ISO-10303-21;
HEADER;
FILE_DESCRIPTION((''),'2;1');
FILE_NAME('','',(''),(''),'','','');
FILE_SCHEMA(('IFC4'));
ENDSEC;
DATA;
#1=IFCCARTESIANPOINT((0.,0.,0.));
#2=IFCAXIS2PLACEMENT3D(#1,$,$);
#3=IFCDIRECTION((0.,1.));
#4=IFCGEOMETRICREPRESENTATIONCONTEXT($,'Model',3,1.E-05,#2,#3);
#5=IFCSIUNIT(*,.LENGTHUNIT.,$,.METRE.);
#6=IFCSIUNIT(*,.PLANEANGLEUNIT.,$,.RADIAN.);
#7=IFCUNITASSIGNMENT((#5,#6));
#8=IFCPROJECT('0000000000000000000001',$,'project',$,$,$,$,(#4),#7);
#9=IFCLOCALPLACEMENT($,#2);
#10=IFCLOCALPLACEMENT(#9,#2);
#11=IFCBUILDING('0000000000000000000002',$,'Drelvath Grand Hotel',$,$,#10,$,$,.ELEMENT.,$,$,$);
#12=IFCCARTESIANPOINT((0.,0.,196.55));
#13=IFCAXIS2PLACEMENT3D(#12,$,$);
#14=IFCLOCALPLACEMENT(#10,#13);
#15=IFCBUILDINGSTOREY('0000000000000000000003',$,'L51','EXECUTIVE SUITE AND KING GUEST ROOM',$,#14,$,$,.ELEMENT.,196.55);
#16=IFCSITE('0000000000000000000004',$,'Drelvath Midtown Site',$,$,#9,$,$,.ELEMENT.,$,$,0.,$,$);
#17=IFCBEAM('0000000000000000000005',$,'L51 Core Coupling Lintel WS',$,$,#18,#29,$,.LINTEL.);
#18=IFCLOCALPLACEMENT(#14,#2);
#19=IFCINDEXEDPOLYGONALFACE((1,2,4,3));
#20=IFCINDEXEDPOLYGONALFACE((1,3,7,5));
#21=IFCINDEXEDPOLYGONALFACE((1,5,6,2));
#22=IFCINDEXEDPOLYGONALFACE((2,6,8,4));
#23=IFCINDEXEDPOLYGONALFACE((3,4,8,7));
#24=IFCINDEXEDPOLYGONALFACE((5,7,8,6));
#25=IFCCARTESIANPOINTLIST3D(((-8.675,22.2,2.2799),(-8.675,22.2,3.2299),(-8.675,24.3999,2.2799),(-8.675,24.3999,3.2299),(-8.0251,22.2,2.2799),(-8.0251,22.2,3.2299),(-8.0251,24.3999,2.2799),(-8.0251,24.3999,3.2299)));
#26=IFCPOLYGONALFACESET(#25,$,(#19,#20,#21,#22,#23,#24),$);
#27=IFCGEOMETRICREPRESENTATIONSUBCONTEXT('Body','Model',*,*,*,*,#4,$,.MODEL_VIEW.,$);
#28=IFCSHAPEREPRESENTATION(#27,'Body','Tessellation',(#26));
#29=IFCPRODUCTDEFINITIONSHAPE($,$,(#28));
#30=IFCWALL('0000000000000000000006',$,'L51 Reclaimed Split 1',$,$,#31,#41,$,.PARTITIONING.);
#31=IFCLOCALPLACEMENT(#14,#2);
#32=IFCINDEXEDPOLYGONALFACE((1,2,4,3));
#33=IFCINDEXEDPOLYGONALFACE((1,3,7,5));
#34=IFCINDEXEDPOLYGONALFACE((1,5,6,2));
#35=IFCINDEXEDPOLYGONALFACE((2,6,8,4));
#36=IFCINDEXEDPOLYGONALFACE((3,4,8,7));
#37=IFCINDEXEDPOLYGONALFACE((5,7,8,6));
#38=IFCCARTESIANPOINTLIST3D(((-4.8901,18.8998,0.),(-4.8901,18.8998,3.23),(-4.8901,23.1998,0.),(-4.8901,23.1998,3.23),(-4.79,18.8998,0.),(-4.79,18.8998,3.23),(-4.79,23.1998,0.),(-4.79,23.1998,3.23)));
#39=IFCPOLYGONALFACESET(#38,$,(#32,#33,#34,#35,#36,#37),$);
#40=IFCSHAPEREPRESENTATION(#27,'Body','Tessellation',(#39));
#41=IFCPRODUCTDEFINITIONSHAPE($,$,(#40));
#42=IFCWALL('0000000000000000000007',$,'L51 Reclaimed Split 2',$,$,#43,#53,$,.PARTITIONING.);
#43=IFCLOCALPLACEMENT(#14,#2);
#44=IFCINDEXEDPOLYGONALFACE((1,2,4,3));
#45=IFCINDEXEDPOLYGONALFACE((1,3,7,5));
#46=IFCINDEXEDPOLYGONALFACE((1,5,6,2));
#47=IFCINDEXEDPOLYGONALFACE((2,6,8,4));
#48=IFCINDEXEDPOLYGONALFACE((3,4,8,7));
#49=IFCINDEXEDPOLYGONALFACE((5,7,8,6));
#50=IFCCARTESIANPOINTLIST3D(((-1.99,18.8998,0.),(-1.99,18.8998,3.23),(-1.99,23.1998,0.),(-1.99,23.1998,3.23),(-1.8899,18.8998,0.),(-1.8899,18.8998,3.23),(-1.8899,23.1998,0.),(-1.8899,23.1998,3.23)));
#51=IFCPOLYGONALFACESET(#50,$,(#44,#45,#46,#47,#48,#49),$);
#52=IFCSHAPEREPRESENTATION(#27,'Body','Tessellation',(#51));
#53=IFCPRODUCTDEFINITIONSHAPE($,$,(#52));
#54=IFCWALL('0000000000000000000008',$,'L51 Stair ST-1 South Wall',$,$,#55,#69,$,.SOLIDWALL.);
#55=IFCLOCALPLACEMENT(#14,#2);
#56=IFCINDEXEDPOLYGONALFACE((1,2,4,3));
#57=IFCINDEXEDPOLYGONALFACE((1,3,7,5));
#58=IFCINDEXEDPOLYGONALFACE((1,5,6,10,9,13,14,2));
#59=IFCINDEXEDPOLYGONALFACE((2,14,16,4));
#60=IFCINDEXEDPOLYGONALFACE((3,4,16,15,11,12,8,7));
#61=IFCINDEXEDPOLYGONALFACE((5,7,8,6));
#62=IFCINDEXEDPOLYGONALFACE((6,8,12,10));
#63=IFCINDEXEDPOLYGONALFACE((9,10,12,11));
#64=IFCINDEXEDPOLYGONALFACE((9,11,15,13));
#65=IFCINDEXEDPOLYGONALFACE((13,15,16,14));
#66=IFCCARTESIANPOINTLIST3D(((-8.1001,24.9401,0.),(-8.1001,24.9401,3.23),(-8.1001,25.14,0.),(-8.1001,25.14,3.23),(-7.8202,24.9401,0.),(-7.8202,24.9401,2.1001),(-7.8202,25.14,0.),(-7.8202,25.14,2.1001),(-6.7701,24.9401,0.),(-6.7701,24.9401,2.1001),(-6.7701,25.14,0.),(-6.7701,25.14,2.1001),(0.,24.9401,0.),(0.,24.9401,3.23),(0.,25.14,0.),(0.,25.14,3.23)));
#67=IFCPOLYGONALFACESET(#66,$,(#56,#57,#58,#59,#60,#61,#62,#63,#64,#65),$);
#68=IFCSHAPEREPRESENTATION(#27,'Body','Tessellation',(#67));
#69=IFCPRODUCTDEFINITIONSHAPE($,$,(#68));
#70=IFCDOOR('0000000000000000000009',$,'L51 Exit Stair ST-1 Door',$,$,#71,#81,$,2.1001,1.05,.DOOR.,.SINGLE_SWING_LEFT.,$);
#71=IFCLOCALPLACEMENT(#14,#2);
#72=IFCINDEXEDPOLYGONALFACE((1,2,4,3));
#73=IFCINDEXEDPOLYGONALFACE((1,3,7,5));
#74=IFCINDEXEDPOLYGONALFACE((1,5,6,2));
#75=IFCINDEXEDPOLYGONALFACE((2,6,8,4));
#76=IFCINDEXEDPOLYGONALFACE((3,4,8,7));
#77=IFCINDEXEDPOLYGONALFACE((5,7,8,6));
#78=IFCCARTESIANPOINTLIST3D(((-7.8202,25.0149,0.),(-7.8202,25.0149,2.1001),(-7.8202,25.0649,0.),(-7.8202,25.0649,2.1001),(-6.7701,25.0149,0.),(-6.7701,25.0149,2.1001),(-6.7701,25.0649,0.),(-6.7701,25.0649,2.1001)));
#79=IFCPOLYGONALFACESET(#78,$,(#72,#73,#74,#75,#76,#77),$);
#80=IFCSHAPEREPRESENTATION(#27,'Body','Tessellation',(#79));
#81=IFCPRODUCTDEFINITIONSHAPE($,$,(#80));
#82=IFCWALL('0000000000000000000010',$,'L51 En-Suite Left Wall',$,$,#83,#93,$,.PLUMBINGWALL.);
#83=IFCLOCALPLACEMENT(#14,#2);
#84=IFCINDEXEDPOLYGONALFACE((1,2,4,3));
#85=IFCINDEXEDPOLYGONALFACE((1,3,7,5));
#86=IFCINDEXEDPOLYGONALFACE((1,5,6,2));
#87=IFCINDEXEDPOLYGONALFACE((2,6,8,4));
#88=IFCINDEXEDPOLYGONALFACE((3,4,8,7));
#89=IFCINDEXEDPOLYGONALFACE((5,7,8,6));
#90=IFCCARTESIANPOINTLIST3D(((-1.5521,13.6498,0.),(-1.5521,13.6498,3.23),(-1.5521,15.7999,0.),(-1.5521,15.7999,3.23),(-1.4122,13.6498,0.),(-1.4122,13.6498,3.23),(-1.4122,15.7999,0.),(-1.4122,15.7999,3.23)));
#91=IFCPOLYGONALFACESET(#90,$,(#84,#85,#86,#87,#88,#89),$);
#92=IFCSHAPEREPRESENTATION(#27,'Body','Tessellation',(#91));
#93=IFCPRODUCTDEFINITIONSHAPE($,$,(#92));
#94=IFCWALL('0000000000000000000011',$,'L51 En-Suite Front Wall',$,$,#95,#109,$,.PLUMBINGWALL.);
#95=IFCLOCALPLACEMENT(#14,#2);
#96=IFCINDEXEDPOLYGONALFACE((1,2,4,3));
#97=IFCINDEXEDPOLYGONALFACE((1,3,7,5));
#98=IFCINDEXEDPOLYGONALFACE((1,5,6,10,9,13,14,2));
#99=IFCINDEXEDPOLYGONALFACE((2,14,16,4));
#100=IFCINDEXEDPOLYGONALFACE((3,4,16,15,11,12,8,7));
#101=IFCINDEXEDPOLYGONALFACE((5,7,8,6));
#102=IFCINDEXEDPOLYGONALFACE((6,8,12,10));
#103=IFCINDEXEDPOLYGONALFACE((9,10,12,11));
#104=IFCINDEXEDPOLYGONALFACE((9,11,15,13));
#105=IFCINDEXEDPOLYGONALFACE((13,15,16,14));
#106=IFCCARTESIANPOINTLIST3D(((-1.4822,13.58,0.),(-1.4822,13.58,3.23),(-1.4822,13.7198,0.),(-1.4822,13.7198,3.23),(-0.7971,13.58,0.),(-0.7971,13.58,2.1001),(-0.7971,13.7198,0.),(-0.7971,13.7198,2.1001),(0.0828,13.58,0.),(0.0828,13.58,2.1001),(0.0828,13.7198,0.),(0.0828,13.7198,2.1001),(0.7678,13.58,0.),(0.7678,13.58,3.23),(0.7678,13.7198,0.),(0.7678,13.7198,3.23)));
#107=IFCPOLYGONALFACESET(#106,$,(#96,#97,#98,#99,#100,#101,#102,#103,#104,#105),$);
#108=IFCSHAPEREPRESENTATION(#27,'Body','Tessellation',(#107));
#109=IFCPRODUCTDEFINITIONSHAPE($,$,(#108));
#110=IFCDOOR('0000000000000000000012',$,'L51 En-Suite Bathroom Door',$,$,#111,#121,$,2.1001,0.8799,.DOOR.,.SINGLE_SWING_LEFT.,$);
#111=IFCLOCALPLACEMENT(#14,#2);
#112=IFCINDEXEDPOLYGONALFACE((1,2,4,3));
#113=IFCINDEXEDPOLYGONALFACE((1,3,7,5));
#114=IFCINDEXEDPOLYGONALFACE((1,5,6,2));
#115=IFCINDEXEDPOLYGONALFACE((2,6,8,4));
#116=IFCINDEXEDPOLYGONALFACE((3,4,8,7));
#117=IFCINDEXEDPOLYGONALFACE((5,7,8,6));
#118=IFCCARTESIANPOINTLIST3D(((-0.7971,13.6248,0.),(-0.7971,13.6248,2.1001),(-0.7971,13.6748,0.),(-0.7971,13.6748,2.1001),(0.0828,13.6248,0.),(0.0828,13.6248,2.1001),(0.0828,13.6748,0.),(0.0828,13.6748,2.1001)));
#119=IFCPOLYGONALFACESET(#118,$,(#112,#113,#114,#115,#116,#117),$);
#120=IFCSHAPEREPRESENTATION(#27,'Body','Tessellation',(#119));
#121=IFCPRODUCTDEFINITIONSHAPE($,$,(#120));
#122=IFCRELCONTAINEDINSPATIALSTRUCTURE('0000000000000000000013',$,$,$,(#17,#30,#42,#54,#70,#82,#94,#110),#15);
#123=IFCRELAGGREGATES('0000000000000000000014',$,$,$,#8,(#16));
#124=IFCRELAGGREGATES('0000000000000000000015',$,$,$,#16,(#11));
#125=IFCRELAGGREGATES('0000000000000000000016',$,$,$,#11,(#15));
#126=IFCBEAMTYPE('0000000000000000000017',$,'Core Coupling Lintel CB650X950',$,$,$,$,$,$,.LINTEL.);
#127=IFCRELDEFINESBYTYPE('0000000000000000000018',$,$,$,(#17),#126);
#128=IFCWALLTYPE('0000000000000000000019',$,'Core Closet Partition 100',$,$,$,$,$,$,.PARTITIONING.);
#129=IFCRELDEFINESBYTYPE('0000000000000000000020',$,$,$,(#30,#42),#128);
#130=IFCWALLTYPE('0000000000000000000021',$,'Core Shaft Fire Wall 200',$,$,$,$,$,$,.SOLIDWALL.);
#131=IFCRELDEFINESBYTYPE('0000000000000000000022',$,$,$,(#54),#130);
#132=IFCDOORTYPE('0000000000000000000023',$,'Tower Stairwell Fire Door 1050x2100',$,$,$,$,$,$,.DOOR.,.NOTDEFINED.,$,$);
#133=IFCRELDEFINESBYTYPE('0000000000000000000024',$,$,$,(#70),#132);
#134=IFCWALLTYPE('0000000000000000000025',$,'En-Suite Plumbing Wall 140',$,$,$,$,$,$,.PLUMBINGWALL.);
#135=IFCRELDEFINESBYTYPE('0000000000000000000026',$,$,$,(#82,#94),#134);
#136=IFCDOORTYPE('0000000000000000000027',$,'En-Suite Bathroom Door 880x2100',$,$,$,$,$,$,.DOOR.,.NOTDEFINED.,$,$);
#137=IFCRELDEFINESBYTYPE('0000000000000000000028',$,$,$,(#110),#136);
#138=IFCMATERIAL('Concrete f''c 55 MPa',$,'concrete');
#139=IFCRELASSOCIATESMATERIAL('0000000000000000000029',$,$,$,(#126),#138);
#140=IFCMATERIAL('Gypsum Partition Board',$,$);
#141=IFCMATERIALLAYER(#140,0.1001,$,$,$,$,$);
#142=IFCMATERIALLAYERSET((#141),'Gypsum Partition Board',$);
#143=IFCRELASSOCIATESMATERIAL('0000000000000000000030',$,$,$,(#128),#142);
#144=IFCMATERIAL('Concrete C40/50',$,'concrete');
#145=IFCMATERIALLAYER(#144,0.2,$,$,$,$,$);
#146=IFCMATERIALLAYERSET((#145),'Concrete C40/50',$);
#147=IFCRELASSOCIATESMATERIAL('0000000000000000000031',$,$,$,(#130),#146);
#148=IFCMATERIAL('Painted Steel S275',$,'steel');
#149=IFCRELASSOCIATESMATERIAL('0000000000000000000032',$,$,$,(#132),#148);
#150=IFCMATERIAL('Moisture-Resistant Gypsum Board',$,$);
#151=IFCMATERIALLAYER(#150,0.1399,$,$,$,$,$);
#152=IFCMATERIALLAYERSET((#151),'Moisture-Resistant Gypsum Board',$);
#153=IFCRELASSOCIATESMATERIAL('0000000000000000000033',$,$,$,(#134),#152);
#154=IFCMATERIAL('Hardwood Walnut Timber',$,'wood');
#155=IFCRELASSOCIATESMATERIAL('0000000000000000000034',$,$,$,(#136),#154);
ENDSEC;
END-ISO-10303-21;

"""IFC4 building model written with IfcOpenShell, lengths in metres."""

from ifc_helpers import new_model, si_unit, direction, frame, frame_2d, origin, origin_2d, place, context, subcontext, project, spatial, rectangle, extrude, material, layer, layer_set, material_profile, profile_set, type_object, element, fill, save


model = new_model("IFC4")

# Units and contexts
model_context = context("Model", 3, precision=1e-05, world=origin(), true_north=direction((0.0, 1.0)))
body_context = subcontext(model_context, "Body", "Model", "MODEL_VIEW")
ifc_project = project(units=[si_unit("LENGTHUNIT", "METRE"), si_unit("PLANEANGLEUNIT", "RADIAN")], contexts=[model_context])

# Site, building, storey
site_placement = place(None, origin())
site = spatial("IfcSite", under=ifc_project, at=site_placement, Name="Drelvath Midtown Site", CompositionType="ELEMENT", RefElevation=0.0)
building_placement = place(site_placement, origin())
building = spatial("IfcBuilding", under=site, at=building_placement, Name="Drelvath Grand Hotel", CompositionType="ELEMENT")
storey_placement = place(building_placement, frame((0.0, 0.0, 196.55)))
storey = spatial("IfcBuildingStorey", under=building, at=storey_placement, Name="L51", Description="EXECUTIVE SUITE AND KING GUEST ROOM", CompositionType="ELEMENT", Elevation=196.55)

# Beam
ifc_material_1 = material(Name="Concrete f'c 55 MPa", Category="concrete")
ifc_material_profile = material_profile(ifc_material_1, rectangle(XDim=0.6499, YDim=0.95, at=origin_2d()), Name="CB650X950")
ifc_profile_set = profile_set([ifc_material_profile], Name="Concrete f'c 55 MPa")
beam_type = type_object("IfcBeamType", Name="Core Coupling Lintel CB650X950", PredefinedType="LINTEL", material=ifc_profile_set)
beam_placement = place(storey_placement, frame((-8.3501, 22.2, 2.7549), z_axis=(0.0, 1.0, 0.0), x_axis=(-1.0, 0.0, 0.0)))
element("IfcBeam", 1, at=beam_placement, inside=storey, type_object=beam_type, Name="L51 Core Coupling Lintel WS", PredefinedType="LINTEL", context=body_context, shape_type="SweptSolid", body=[
    extrude(rectangle(XDim=0.6499, YDim=0.95, at=origin_2d()), origin(), (0.0, 0.0, 1.0), 2.2),
])

# Walls
ifc_material_2 = material(Name="Gypsum Partition Board")
ifc_layer_1 = layer(ifc_material_2, 0.1001)
ifc_layer_set_1 = layer_set([ifc_layer_1], Name="Gypsum Partition Board")
wall_type_1 = type_object("IfcWallType", Name="Core Closet Partition 100", PredefinedType="PARTITIONING", material=ifc_layer_set_1)
for number, where, z_axis, x_axis, name in (
    (2, (-4.8401, 18.8999, 0.0), (0.0, 0.0, 1.0), (0.0, 1.0, 0.0), "L51 Reclaimed Split 1"),
    (3, (-1.9399, 18.8999, 0.0), (0.0, 0.0, 1.0), (0.0, 1.0, 0.0), "L51 Reclaimed Split 2"),
):
    element("IfcWall", number, at=place(storey_placement, frame(where, z_axis=z_axis, x_axis=x_axis)), inside=storey, type_object=wall_type_1, Name=name, PredefinedType="PARTITIONING", context=body_context, shape_type="SweptSolid", body=[
        extrude(rectangle(XDim=4.3, YDim=0.1001, at=frame_2d((2.1499, 0.0))), origin(), (0.0, 0.0, 1.0), 3.23),
    ])

# Wall, opening, door
ifc_material_3 = material(Name="Concrete C40/50", Category="concrete")
ifc_layer_2 = layer(ifc_material_3, 0.2)
ifc_layer_set_2 = layer_set([ifc_layer_2], Name="Concrete C40/50")
wall_type_2 = type_object("IfcWallType", Name="Core Shaft Fire Wall 200", PredefinedType="SOLIDWALL", material=ifc_layer_set_2)
wall_1_placement = place(storey_placement, frame((-8.1001, 25.04, 0.0), z_axis=(0.0, 0.0, 1.0), x_axis=(1.0, 0.0, 0.0)))
wall_1 = element("IfcWall", 4, at=wall_1_placement, inside=storey, type_object=wall_type_2, Name="L51 Stair ST-1 South Wall", PredefinedType="SOLIDWALL", context=body_context, shape_type="SweptSolid", body=[
    extrude(rectangle(XDim=8.1001, YDim=0.2, at=frame_2d((4.05, 0.0))), origin(), (0.0, 0.0, 1.0), 3.23),
])
opening_1_placement = place(wall_1_placement, frame((0.28, 0.0, 0.0)))
opening_1 = element("IfcOpeningElement", 5, at=opening_1_placement, cuts=wall_1, PredefinedType="OPENING", context=body_context, shape_type="SweptSolid", body=[
    extrude(rectangle(XDim=1.05, YDim=2.1001, at=frame_2d((0.5249, 1.05))), frame((0.0, 0.1099, 0.0), z_axis=(0.0, -1.0, 0.0), x_axis=(1.0, 0.0, 0.0)), (0.0, 0.0, 1.0), 0.22),
])
ifc_material_4 = material(Name="Painted Steel S275", Category="steel")
door_type_1 = type_object("IfcDoorType", Name="Tower Stairwell Fire Door 1050x2100", OperationType="NOTDEFINED", PredefinedType="DOOR", material=ifc_material_4)
door_1_placement = place(opening_1_placement, origin())
door_1 = element("IfcDoor", 6, at=door_1_placement, inside=storey, type_object=door_type_1, Name="L51 Exit Stair ST-1 Door", OperationType="SINGLE_SWING_LEFT", OverallHeight=2.1001, OverallWidth=1.05, PredefinedType="DOOR", context=body_context, shape_type="SweptSolid", body=[
    extrude(rectangle(XDim=1.05, YDim=2.1001, at=frame_2d((0.5249, 1.05))), frame((0.0, 0.0249, 0.0), z_axis=(0.0, -1.0, 0.0), x_axis=(1.0, 0.0, 0.0)), (0.0, 0.0, 1.0), 0.05),
])
fill(opening_1, door_1)

# Wall
ifc_material_5 = material(Name="Moisture-Resistant Gypsum Board")
ifc_layer_3 = layer(ifc_material_5, 0.1399)
ifc_layer_set_3 = layer_set([ifc_layer_3], Name="Moisture-Resistant Gypsum Board")
wall_type_3 = type_object("IfcWallType", Name="En-Suite Plumbing Wall 140", PredefinedType="PLUMBINGWALL", material=ifc_layer_set_3)
wall_2_placement = place(storey_placement, frame((-1.4822, 15.8, 0.0), z_axis=(0.0, 0.0, 1.0), x_axis=(0.0, -1.0, 0.0)))
element("IfcWall", 7, at=wall_2_placement, inside=storey, type_object=wall_type_3, Name="L51 En-Suite Left Wall", PredefinedType="PLUMBINGWALL", context=body_context, shape_type="SweptSolid", body=[
    extrude(rectangle(XDim=2.1501, YDim=0.1399, at=frame_2d((1.0752, 0.0))), origin(), (0.0, 0.0, 1.0), 3.23),
])

# Wall, opening, door
wall_3_placement = place(storey_placement, frame((-1.4822, 13.6499, 0.0), z_axis=(0.0, 0.0, 1.0), x_axis=(1.0, 0.0, 0.0)))
wall_3 = element("IfcWall", 8, at=wall_3_placement, inside=storey, type_object=wall_type_3, Name="L51 En-Suite Front Wall", PredefinedType="PLUMBINGWALL", context=body_context, shape_type="SweptSolid", body=[
    extrude(rectangle(XDim=2.25, YDim=0.1399, at=frame_2d((1.125, 0.0))), origin(), (0.0, 0.0, 1.0), 3.23),
])
opening_2_placement = place(wall_3_placement, frame((0.6851, 0.0, 0.0)))
opening_2 = element("IfcOpeningElement", 9, at=opening_2_placement, cuts=wall_3, PredefinedType="OPENING", context=body_context, shape_type="SweptSolid", body=[
    extrude(rectangle(XDim=0.8799, YDim=2.1001, at=frame_2d((0.4399, 1.05))), frame((0.0, 0.0798, 0.0), z_axis=(0.0, -1.0, 0.0), x_axis=(1.0, 0.0, 0.0)), (0.0, 0.0, 1.0), 0.1599),
])
ifc_material_6 = material(Name="Hardwood Walnut Timber", Category="wood")
door_type_2 = type_object("IfcDoorType", Name="En-Suite Bathroom Door 880x2100", OperationType="NOTDEFINED", PredefinedType="DOOR", material=ifc_material_6)
door_2_placement = place(opening_2_placement, origin())
door_2 = element("IfcDoor", 10, at=door_2_placement, inside=storey, type_object=door_type_2, Name="L51 En-Suite Bathroom Door", OperationType="SINGLE_SWING_LEFT", OverallHeight=2.1001, OverallWidth=0.8799, PredefinedType="DOOR", context=body_context, shape_type="SweptSolid", body=[
    extrude(rectangle(XDim=0.8799, YDim=2.1001, at=frame_2d((0.4399, 1.05))), frame((0.0, 0.0249, 0.0), z_axis=(0.0, -1.0, 0.0), x_axis=(1.0, 0.0, 0.0)), (0.0, 0.0, 1.0), 0.05),
])
fill(opening_2, door_2)

save(model, "model.ifc")
